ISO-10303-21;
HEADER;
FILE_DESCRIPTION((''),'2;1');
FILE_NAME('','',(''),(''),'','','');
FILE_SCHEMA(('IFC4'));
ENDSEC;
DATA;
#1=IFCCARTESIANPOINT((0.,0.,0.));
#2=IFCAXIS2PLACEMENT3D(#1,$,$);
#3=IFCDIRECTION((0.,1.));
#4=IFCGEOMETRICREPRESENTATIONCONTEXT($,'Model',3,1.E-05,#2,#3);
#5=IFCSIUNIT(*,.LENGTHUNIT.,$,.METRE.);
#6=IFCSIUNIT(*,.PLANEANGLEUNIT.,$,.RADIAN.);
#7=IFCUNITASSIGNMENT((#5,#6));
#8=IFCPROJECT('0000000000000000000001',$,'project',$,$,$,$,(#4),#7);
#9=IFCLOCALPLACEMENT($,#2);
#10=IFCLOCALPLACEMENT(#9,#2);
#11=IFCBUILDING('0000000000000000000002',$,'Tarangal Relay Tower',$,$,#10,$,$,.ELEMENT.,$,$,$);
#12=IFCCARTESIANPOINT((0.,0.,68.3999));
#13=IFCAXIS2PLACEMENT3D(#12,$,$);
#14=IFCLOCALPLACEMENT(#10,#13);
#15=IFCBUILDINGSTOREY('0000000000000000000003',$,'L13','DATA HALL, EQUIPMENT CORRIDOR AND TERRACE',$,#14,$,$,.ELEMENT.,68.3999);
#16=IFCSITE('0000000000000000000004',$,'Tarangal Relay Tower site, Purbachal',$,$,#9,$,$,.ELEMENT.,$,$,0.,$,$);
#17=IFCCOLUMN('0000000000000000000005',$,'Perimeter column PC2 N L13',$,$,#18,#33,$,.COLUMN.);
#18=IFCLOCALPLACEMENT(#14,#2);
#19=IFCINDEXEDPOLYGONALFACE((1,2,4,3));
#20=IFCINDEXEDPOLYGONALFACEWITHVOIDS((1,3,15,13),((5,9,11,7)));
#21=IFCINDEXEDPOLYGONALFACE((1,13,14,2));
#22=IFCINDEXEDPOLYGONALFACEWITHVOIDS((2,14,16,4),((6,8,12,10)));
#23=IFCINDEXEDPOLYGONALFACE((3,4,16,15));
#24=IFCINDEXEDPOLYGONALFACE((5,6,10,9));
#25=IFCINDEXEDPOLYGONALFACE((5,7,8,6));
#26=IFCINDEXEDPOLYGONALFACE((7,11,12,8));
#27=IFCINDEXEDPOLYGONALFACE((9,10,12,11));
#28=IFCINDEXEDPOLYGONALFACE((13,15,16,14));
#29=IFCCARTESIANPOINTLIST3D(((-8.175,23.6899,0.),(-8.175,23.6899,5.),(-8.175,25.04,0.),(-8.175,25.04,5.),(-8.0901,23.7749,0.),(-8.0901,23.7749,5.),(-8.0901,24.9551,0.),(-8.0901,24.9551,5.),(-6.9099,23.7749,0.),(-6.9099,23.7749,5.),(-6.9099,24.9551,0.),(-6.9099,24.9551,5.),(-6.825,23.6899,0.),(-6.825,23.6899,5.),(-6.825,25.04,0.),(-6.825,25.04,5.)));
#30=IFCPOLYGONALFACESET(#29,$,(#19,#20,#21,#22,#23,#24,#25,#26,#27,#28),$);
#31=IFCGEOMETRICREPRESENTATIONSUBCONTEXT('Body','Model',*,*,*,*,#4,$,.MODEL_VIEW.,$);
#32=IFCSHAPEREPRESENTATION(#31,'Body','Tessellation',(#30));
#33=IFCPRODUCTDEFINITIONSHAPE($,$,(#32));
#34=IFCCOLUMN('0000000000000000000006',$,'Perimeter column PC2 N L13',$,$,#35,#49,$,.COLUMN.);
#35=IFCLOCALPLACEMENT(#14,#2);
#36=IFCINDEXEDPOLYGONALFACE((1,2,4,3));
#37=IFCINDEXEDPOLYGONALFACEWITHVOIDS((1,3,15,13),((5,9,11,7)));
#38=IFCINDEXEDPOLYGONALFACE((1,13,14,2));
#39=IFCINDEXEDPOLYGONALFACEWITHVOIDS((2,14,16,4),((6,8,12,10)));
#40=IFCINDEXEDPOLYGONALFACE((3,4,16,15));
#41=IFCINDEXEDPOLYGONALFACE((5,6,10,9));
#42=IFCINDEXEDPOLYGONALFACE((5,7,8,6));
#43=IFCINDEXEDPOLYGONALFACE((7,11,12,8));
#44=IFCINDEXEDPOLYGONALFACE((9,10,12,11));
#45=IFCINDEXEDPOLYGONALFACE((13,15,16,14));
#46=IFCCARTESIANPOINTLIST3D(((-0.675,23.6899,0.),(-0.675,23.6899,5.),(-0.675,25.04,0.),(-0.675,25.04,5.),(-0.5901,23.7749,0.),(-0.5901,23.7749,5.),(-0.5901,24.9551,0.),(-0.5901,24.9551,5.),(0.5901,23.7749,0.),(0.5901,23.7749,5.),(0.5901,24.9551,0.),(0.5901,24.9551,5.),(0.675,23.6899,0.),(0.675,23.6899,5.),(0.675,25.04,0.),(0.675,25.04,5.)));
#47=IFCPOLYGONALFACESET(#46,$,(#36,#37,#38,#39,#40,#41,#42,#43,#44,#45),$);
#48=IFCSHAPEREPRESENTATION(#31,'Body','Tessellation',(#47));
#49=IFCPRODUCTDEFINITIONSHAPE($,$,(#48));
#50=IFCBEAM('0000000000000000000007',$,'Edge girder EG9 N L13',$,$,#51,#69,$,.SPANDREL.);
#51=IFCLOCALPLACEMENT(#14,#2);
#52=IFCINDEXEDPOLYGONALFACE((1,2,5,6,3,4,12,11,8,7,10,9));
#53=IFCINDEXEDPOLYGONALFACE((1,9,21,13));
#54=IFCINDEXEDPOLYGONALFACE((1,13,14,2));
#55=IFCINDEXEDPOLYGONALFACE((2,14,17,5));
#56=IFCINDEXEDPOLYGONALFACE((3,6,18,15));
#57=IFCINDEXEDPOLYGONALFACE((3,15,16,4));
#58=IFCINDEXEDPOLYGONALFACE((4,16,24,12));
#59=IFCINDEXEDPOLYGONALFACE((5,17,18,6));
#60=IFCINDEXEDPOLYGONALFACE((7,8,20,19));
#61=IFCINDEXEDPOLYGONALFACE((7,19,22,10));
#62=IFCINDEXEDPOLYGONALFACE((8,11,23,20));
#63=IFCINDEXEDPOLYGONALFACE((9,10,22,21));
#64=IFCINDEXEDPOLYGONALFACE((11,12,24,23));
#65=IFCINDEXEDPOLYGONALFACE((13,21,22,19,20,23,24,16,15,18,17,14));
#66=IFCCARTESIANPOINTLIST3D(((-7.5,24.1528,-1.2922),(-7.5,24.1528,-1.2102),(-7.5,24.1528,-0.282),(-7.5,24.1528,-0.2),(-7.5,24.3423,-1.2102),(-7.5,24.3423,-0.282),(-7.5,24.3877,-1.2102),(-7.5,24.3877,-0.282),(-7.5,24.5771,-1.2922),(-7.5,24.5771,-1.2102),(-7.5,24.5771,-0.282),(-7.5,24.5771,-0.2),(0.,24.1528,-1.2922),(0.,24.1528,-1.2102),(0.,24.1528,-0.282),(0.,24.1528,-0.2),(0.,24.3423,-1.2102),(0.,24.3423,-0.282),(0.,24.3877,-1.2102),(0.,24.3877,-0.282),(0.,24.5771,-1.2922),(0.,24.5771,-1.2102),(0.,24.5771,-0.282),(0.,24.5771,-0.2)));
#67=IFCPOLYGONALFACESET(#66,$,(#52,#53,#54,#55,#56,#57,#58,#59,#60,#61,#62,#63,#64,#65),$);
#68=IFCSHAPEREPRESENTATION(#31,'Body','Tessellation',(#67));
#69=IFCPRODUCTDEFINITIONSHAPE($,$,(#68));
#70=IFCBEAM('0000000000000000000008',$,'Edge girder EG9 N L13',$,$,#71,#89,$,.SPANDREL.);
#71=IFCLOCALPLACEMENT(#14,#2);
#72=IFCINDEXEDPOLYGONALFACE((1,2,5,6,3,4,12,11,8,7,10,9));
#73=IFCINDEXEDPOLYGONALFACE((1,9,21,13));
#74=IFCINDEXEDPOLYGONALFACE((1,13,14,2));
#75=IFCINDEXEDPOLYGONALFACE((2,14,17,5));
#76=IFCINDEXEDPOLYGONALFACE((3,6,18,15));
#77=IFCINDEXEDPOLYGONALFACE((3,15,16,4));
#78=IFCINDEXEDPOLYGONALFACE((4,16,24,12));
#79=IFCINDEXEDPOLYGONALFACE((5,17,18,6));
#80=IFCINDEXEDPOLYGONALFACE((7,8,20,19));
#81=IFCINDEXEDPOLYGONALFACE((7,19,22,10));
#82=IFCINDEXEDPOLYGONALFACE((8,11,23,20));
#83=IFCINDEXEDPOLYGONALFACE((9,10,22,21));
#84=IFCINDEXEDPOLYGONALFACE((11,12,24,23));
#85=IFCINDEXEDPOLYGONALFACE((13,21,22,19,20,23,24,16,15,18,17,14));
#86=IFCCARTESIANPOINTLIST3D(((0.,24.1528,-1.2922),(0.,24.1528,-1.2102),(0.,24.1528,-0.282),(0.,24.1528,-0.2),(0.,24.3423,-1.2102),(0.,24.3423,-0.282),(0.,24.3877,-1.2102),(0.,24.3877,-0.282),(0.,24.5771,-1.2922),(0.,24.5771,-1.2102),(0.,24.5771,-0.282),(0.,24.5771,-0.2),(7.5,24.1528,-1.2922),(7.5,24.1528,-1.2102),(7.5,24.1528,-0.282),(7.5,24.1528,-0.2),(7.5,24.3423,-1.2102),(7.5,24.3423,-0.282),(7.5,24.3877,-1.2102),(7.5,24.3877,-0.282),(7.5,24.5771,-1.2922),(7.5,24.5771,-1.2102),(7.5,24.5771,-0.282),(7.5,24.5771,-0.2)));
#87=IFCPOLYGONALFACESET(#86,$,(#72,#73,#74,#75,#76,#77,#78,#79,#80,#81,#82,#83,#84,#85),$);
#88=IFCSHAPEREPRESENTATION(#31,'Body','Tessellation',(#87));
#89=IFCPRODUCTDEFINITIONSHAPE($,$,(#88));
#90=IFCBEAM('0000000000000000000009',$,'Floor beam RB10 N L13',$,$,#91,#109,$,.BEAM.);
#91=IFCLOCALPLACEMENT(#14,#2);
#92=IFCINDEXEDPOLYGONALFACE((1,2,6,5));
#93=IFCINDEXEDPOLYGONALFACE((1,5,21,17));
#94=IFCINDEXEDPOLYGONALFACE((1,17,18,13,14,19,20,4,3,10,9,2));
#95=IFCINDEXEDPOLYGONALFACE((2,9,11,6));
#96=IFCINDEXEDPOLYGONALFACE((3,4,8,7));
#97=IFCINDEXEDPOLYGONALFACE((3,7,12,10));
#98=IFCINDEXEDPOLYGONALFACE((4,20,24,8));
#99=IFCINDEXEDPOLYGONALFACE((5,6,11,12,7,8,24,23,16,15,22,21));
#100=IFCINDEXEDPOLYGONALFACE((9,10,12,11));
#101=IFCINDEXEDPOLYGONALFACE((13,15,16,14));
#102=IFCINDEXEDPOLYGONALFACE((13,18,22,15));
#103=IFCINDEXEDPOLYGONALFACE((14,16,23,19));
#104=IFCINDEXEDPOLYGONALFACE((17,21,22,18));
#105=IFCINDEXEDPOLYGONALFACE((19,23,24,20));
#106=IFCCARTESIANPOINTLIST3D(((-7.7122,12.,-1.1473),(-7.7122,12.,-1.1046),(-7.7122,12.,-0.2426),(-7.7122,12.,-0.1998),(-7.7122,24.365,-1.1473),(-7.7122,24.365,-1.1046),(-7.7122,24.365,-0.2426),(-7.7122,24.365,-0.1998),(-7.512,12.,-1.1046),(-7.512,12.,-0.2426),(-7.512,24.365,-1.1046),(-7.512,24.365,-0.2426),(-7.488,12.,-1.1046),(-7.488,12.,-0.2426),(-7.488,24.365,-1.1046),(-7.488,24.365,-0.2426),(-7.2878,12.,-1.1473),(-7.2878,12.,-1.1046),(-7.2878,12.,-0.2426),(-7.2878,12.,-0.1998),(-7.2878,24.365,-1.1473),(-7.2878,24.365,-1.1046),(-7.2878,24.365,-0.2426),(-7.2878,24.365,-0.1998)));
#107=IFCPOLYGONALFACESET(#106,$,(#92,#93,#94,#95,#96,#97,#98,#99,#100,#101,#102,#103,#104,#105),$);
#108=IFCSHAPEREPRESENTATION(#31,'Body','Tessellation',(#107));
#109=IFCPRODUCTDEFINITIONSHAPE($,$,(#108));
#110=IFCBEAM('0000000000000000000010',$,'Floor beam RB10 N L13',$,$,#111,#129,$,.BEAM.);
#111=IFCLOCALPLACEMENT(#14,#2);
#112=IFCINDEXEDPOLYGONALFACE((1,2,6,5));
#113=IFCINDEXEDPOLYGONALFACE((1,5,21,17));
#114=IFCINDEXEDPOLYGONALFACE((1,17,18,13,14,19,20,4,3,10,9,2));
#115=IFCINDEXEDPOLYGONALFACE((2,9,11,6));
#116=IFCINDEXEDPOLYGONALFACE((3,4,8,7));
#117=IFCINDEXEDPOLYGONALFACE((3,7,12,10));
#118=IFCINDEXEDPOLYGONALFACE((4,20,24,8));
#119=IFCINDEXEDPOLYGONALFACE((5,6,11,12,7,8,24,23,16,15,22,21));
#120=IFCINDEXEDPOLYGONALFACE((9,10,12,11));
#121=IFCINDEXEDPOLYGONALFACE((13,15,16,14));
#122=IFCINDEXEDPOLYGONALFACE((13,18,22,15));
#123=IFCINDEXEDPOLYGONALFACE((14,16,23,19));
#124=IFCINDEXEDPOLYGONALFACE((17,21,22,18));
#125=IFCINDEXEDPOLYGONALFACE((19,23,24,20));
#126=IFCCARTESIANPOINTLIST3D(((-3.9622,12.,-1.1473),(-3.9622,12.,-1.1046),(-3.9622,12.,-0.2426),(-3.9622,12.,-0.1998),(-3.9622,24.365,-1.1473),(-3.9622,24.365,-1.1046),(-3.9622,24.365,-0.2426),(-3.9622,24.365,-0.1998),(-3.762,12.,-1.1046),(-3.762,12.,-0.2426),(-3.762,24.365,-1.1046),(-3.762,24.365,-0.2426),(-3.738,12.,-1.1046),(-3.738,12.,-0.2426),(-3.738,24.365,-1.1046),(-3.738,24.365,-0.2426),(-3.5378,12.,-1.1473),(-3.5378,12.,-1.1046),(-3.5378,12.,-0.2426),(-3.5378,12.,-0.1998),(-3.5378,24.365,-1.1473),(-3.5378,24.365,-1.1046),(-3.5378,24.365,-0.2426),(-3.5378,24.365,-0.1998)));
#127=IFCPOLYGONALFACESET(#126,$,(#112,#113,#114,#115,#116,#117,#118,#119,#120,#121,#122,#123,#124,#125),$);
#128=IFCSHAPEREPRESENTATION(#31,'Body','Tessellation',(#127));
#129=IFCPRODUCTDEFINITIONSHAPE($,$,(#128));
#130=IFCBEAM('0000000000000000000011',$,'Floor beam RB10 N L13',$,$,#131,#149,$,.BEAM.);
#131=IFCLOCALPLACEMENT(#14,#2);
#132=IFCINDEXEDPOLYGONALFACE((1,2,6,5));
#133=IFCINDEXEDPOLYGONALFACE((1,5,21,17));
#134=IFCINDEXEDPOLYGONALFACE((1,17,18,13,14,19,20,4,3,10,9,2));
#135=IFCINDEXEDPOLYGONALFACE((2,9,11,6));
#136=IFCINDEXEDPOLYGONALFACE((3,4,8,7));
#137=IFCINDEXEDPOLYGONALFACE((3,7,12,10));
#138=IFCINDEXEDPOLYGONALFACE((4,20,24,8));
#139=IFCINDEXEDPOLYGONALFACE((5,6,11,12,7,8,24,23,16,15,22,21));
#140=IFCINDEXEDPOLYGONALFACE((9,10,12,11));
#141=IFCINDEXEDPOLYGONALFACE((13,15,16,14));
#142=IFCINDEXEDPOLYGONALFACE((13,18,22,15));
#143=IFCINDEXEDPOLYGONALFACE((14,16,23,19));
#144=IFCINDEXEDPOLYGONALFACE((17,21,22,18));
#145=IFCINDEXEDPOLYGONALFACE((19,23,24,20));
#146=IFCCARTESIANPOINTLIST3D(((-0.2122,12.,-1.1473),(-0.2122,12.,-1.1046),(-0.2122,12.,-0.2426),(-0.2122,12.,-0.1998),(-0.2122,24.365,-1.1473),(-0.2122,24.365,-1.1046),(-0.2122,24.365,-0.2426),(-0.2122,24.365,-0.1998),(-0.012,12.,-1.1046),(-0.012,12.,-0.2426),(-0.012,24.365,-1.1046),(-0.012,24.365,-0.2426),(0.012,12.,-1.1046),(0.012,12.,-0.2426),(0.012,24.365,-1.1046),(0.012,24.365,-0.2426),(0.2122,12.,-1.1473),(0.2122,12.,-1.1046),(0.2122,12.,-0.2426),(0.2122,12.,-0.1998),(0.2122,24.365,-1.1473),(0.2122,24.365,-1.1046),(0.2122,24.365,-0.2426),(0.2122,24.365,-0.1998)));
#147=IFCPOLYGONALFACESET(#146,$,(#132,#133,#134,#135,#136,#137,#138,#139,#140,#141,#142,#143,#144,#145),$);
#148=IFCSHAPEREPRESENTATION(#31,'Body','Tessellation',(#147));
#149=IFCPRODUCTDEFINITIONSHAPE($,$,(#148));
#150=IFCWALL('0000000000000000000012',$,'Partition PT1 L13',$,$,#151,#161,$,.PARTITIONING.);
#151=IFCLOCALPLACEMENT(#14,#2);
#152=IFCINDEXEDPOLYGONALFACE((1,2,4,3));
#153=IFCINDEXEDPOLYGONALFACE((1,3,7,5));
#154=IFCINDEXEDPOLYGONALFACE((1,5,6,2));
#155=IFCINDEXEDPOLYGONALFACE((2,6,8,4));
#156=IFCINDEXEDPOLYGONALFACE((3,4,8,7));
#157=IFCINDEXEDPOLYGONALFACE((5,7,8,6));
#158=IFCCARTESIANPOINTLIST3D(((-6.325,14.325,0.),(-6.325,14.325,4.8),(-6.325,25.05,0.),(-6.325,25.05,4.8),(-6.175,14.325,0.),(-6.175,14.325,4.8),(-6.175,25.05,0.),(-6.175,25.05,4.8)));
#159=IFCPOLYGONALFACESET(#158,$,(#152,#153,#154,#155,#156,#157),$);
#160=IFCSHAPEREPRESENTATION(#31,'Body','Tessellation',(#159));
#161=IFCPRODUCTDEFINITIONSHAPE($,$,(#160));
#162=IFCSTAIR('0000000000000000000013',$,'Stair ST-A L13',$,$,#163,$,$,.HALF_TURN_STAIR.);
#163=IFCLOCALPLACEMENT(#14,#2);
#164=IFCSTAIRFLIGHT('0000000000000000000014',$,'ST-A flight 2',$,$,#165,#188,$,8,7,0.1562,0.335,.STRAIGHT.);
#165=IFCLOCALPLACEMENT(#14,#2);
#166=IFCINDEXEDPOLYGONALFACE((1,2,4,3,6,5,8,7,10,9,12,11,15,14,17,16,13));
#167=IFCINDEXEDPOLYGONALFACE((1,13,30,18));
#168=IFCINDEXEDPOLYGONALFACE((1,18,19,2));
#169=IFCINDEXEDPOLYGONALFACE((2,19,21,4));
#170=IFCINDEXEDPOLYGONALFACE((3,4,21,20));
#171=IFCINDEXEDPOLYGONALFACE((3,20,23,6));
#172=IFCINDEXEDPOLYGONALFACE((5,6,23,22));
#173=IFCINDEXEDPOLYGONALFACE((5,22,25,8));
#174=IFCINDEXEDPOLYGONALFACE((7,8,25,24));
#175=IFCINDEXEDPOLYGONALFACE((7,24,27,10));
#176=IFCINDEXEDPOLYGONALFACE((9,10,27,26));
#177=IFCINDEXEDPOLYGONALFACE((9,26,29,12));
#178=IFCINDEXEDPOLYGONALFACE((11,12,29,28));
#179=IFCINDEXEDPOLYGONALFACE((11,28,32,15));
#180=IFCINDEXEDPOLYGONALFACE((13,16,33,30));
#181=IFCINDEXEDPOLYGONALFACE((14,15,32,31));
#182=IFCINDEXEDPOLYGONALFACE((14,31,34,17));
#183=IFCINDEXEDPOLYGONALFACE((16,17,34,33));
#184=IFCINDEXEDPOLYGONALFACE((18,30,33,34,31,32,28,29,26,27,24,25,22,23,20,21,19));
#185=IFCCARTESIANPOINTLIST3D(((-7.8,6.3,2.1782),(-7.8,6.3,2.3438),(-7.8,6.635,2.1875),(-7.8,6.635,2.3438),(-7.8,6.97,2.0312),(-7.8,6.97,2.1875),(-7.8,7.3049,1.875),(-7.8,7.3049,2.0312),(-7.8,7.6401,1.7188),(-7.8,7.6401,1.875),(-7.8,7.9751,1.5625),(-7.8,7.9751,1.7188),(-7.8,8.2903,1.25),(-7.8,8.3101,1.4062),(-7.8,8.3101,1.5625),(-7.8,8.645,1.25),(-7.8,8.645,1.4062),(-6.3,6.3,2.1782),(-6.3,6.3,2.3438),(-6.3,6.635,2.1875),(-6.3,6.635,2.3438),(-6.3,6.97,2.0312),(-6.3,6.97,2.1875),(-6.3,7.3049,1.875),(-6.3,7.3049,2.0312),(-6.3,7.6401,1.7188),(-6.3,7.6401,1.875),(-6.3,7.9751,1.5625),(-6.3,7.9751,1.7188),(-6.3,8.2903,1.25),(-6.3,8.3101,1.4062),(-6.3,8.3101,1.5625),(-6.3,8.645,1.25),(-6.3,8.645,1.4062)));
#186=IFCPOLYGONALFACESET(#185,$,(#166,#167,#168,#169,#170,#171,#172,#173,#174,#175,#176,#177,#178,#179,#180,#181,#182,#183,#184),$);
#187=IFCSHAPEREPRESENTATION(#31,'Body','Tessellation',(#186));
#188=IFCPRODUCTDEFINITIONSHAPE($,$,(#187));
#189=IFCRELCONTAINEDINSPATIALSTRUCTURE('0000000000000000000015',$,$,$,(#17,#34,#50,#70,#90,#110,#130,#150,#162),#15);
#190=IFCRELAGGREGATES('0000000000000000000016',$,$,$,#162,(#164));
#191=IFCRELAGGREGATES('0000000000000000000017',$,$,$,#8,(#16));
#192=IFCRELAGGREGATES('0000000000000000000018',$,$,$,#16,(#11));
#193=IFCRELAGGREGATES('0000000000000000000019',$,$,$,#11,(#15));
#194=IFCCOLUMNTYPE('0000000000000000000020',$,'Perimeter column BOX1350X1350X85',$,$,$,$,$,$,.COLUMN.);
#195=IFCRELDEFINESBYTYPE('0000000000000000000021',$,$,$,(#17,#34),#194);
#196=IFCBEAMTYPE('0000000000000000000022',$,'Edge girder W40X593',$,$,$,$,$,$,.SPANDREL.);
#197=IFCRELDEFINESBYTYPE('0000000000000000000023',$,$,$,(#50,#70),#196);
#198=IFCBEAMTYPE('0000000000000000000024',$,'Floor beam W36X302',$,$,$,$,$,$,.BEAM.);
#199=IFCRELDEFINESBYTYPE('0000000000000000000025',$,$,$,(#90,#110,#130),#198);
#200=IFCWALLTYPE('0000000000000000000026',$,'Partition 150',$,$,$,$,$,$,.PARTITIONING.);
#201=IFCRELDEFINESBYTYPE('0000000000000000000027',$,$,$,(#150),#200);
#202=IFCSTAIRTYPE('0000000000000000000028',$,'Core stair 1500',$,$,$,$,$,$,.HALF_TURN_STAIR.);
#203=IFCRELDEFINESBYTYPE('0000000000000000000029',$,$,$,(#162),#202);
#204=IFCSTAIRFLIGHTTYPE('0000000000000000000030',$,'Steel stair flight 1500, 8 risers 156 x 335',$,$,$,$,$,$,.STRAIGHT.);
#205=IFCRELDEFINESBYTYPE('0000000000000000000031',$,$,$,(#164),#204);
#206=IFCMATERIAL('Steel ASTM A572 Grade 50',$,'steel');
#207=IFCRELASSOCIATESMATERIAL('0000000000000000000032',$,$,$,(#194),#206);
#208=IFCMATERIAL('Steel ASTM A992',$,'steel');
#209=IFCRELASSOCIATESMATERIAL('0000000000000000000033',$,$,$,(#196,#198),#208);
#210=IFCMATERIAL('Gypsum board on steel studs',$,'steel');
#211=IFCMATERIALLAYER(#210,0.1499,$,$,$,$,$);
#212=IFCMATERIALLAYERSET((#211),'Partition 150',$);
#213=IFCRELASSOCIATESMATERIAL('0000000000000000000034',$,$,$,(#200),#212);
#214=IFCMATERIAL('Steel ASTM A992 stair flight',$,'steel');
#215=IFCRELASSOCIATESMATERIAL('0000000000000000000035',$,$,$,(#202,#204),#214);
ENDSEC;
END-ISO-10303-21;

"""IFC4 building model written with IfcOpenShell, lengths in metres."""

from ifc_helpers import new_model, si_unit, direction, frame, frame_2d, origin, origin_2d, place, context, subcontext, project, spatial, polyline, rectangle, hollow_rectangle, i_section, outline, extrude, material, layer, layer_set, material_profile, profile_set, type_object, element, aggregate, save


model = new_model("IFC4")

# Units and contexts
model_context = context("Model", 3, precision=1e-05, world=origin(), true_north=direction((0.0, 1.0)))
body_context = subcontext(model_context, "Body", "Model", "MODEL_VIEW")
ifc_project = project(units=[si_unit("LENGTHUNIT", "METRE"), si_unit("PLANEANGLEUNIT", "RADIAN")], contexts=[model_context])

# Site, building, storey
site_placement = place(None, origin())
site = spatial("IfcSite", under=ifc_project, at=site_placement, Name="Tarangal Relay Tower site, Purbachal", CompositionType="ELEMENT", RefElevation=0.0)
building_placement = place(site_placement, origin())
building = spatial("IfcBuilding", under=site, at=building_placement, Name="Tarangal Relay Tower", CompositionType="ELEMENT")
storey_placement = place(building_placement, frame((0.0, 0.0, 68.3999)))
storey = spatial("IfcBuildingStorey", under=building, at=storey_placement, Name="L13", Description="DATA HALL, EQUIPMENT CORRIDOR AND TERRACE", CompositionType="ELEMENT", Elevation=68.3999)

# Columns
ifc_material_1 = material(Name="Steel ASTM A572 Grade 50", Category="steel")
ifc_material_profile_1 = material_profile(ifc_material_1, hollow_rectangle(XDim=1.3501, YDim=1.3501, WallThickness=0.085, at=origin_2d()), Name="BOX1350X1350X85")
ifc_profile_set_1 = profile_set([ifc_material_profile_1], Name="Steel ASTM A572 Grade 50")
column_type = type_object("IfcColumnType", Name="Perimeter column BOX1350X1350X85", PredefinedType="COLUMN", material=ifc_profile_set_1)
for number, where, z_axis, x_axis, name in (
    (1, (-7.5, 24.365, 0.0), (0.0, 0.0, 1.0), (1.0, 0.0, 0.0), "Perimeter column PC2 N L13"),
    (2, (0.0, 24.365, 0.0), (0.0, 0.0, 1.0), (1.0, 0.0, 0.0), "Perimeter column PC2 N L13"),
):
    element("IfcColumn", number, at=place(storey_placement, frame(where, z_axis=z_axis, x_axis=x_axis)), inside=storey, type_object=column_type, Name=name, PredefinedType="COLUMN", context=body_context, shape_type="SweptSolid", body=[
        extrude(hollow_rectangle(XDim=1.3501, YDim=1.3501, WallThickness=0.085, at=origin_2d()), origin(), (0.0, 0.0, 1.0), 5.0),
    ])

# Beams
ifc_material_2 = material(Name="Steel ASTM A992", Category="steel")
ifc_material_profile_2 = material_profile(ifc_material_2, i_section(OverallWidth=0.4243, OverallDepth=1.0923, WebThickness=0.0454, FlangeThickness=0.082, at=origin_2d()), Name="W40X593")
ifc_profile_set_2 = profile_set([ifc_material_profile_2], Name="Steel ASTM A992")
beam_type_1 = type_object("IfcBeamType", Name="Edge girder W40X593", PredefinedType="SPANDREL", material=ifc_profile_set_2)
for number, where, z_axis, x_axis, name in (
    (3, (-7.5, 24.365, -0.7461), (1.0, 0.0, 0.0), (0.0, 1.0, 0.0), "Edge girder EG9 N L13"),
    (4, (0.0, 24.365, -0.7461), (1.0, 0.0, 0.0), (0.0, 1.0, 0.0), "Edge girder EG9 N L13"),
):
    element("IfcBeam", number, at=place(storey_placement, frame(where, z_axis=z_axis, x_axis=x_axis)), inside=storey, type_object=beam_type_1, Name=name, PredefinedType="SPANDREL", context=body_context, shape_type="SweptSolid", body=[
        extrude(i_section(OverallWidth=0.4243, OverallDepth=1.0923, WebThickness=0.0454, FlangeThickness=0.082, at=origin_2d()), origin(), (0.0, 0.0, 1.0), 7.5),
    ])
ifc_material_profile_3 = material_profile(ifc_material_2, i_section(OverallWidth=0.4243, OverallDepth=0.9475, WebThickness=0.0239, FlangeThickness=0.0427, at=origin_2d()), Name="W36X302")
ifc_profile_set_3 = profile_set([ifc_material_profile_3], Name="Steel ASTM A992")
beam_type_2 = type_object("IfcBeamType", Name="Floor beam W36X302", PredefinedType="BEAM", material=ifc_profile_set_3)
for number, where, z_axis, x_axis, name in (
    (5, (-7.5, 12.0, -0.6736), (0.0, 1.0, 0.0), (-1.0, 0.0, 0.0), "Floor beam RB10 N L13"),
    (6, (-3.75, 12.0, -0.6736), (0.0, 1.0, 0.0), (-1.0, 0.0, 0.0), "Floor beam RB10 N L13"),
    (7, (0.0, 12.0, -0.6736), (0.0, 1.0, 0.0), (-1.0, 0.0, 0.0), "Floor beam RB10 N L13"),
):
    element("IfcBeam", number, at=place(storey_placement, frame(where, z_axis=z_axis, x_axis=x_axis)), inside=storey, type_object=beam_type_2, Name=name, PredefinedType="BEAM", context=body_context, shape_type="SweptSolid", body=[
        extrude(i_section(OverallWidth=0.4243, OverallDepth=0.9475, WebThickness=0.0239, FlangeThickness=0.0427, at=origin_2d()), origin(), (0.0, 0.0, 1.0), 12.365),
    ])

# Wall
ifc_material_3 = material(Name="Gypsum board on steel studs", Category="steel")
ifc_layer = layer(ifc_material_3, 0.1499)
ifc_layer_set = layer_set([ifc_layer], Name="Partition 150")
wall_type = type_object("IfcWallType", Name="Partition 150", PredefinedType="PARTITIONING", material=ifc_layer_set)
wall_placement = place(storey_placement, frame((-6.25, 14.325, 0.0), z_axis=(0.0, 0.0, 1.0), x_axis=(0.0, 1.0, 0.0)))
element("IfcWall", 8, at=wall_placement, inside=storey, type_object=wall_type, Name="Partition PT1 L13", PredefinedType="PARTITIONING", context=body_context, shape_type="SweptSolid", body=[
    extrude(rectangle(XDim=10.7251, YDim=0.1499, at=frame_2d((5.3625, 0.0))), origin(), (0.0, 0.0, 1.0), 4.8),
])

# Stair, stair flight
ifc_material_4 = material(Name="Steel ASTM A992 stair flight", Category="steel")
stair_type = type_object("IfcStairType", Name="Core stair 1500", PredefinedType="HALF_TURN_STAIR", material=ifc_material_4)
stair_placement = place(storey_placement, origin())
stair = element("IfcStair", 9, at=stair_placement, inside=storey, type_object=stair_type, Name="Stair ST-A L13", PredefinedType="HALF_TURN_STAIR")
stair_flight_type = type_object("IfcStairFlightType", Name="Steel stair flight 1500, 8 risers 156 x 335", PredefinedType="STRAIGHT", material=ifc_material_4)
stair_flight_1_placement = place(storey_placement, frame((-7.05, 8.645, 1.25), z_axis=(0.0, 0.0, 1.0), x_axis=(0.0, -1.0, 0.0)))
stair_flight_1 = element("IfcStairFlight", 10, at=stair_flight_1_placement, type_object=stair_flight_type, Name="ST-A flight 2", NumberOfRisers=8, NumberOfTreads=7, PredefinedType="STRAIGHT", RiserHeight=0.1562, TreadLength=0.335, context=body_context, shape_type="SweptSolid", body=[
    extrude(outline(polyline([(0.0, 0.0), (0.0, 0.1562), (0.335, 0.1562), (0.335, 0.3125), (0.6699, 0.3125), (0.6699, 0.4688), (1.0049, 0.4688), (1.0049, 0.625), (1.3401, 0.625), (1.3401, 0.7812), (1.675, 0.7812), (1.675, 0.9375), (2.01, 0.9375), (2.01, 1.0938), (2.345, 1.0938), (2.345, 1.25), (2.345, 0.9282), (0.3547, 0.0), (0.0, 0.0)])), frame((0.0, 0.75, 0.0), z_axis=(0.0, -1.0, 0.0), x_axis=(1.0, 0.0, 0.0)), (0.0, 0.0, 1.0), 1.5),
])
aggregate(stair, [stair_flight_1])

save(model, "model.ifc")
